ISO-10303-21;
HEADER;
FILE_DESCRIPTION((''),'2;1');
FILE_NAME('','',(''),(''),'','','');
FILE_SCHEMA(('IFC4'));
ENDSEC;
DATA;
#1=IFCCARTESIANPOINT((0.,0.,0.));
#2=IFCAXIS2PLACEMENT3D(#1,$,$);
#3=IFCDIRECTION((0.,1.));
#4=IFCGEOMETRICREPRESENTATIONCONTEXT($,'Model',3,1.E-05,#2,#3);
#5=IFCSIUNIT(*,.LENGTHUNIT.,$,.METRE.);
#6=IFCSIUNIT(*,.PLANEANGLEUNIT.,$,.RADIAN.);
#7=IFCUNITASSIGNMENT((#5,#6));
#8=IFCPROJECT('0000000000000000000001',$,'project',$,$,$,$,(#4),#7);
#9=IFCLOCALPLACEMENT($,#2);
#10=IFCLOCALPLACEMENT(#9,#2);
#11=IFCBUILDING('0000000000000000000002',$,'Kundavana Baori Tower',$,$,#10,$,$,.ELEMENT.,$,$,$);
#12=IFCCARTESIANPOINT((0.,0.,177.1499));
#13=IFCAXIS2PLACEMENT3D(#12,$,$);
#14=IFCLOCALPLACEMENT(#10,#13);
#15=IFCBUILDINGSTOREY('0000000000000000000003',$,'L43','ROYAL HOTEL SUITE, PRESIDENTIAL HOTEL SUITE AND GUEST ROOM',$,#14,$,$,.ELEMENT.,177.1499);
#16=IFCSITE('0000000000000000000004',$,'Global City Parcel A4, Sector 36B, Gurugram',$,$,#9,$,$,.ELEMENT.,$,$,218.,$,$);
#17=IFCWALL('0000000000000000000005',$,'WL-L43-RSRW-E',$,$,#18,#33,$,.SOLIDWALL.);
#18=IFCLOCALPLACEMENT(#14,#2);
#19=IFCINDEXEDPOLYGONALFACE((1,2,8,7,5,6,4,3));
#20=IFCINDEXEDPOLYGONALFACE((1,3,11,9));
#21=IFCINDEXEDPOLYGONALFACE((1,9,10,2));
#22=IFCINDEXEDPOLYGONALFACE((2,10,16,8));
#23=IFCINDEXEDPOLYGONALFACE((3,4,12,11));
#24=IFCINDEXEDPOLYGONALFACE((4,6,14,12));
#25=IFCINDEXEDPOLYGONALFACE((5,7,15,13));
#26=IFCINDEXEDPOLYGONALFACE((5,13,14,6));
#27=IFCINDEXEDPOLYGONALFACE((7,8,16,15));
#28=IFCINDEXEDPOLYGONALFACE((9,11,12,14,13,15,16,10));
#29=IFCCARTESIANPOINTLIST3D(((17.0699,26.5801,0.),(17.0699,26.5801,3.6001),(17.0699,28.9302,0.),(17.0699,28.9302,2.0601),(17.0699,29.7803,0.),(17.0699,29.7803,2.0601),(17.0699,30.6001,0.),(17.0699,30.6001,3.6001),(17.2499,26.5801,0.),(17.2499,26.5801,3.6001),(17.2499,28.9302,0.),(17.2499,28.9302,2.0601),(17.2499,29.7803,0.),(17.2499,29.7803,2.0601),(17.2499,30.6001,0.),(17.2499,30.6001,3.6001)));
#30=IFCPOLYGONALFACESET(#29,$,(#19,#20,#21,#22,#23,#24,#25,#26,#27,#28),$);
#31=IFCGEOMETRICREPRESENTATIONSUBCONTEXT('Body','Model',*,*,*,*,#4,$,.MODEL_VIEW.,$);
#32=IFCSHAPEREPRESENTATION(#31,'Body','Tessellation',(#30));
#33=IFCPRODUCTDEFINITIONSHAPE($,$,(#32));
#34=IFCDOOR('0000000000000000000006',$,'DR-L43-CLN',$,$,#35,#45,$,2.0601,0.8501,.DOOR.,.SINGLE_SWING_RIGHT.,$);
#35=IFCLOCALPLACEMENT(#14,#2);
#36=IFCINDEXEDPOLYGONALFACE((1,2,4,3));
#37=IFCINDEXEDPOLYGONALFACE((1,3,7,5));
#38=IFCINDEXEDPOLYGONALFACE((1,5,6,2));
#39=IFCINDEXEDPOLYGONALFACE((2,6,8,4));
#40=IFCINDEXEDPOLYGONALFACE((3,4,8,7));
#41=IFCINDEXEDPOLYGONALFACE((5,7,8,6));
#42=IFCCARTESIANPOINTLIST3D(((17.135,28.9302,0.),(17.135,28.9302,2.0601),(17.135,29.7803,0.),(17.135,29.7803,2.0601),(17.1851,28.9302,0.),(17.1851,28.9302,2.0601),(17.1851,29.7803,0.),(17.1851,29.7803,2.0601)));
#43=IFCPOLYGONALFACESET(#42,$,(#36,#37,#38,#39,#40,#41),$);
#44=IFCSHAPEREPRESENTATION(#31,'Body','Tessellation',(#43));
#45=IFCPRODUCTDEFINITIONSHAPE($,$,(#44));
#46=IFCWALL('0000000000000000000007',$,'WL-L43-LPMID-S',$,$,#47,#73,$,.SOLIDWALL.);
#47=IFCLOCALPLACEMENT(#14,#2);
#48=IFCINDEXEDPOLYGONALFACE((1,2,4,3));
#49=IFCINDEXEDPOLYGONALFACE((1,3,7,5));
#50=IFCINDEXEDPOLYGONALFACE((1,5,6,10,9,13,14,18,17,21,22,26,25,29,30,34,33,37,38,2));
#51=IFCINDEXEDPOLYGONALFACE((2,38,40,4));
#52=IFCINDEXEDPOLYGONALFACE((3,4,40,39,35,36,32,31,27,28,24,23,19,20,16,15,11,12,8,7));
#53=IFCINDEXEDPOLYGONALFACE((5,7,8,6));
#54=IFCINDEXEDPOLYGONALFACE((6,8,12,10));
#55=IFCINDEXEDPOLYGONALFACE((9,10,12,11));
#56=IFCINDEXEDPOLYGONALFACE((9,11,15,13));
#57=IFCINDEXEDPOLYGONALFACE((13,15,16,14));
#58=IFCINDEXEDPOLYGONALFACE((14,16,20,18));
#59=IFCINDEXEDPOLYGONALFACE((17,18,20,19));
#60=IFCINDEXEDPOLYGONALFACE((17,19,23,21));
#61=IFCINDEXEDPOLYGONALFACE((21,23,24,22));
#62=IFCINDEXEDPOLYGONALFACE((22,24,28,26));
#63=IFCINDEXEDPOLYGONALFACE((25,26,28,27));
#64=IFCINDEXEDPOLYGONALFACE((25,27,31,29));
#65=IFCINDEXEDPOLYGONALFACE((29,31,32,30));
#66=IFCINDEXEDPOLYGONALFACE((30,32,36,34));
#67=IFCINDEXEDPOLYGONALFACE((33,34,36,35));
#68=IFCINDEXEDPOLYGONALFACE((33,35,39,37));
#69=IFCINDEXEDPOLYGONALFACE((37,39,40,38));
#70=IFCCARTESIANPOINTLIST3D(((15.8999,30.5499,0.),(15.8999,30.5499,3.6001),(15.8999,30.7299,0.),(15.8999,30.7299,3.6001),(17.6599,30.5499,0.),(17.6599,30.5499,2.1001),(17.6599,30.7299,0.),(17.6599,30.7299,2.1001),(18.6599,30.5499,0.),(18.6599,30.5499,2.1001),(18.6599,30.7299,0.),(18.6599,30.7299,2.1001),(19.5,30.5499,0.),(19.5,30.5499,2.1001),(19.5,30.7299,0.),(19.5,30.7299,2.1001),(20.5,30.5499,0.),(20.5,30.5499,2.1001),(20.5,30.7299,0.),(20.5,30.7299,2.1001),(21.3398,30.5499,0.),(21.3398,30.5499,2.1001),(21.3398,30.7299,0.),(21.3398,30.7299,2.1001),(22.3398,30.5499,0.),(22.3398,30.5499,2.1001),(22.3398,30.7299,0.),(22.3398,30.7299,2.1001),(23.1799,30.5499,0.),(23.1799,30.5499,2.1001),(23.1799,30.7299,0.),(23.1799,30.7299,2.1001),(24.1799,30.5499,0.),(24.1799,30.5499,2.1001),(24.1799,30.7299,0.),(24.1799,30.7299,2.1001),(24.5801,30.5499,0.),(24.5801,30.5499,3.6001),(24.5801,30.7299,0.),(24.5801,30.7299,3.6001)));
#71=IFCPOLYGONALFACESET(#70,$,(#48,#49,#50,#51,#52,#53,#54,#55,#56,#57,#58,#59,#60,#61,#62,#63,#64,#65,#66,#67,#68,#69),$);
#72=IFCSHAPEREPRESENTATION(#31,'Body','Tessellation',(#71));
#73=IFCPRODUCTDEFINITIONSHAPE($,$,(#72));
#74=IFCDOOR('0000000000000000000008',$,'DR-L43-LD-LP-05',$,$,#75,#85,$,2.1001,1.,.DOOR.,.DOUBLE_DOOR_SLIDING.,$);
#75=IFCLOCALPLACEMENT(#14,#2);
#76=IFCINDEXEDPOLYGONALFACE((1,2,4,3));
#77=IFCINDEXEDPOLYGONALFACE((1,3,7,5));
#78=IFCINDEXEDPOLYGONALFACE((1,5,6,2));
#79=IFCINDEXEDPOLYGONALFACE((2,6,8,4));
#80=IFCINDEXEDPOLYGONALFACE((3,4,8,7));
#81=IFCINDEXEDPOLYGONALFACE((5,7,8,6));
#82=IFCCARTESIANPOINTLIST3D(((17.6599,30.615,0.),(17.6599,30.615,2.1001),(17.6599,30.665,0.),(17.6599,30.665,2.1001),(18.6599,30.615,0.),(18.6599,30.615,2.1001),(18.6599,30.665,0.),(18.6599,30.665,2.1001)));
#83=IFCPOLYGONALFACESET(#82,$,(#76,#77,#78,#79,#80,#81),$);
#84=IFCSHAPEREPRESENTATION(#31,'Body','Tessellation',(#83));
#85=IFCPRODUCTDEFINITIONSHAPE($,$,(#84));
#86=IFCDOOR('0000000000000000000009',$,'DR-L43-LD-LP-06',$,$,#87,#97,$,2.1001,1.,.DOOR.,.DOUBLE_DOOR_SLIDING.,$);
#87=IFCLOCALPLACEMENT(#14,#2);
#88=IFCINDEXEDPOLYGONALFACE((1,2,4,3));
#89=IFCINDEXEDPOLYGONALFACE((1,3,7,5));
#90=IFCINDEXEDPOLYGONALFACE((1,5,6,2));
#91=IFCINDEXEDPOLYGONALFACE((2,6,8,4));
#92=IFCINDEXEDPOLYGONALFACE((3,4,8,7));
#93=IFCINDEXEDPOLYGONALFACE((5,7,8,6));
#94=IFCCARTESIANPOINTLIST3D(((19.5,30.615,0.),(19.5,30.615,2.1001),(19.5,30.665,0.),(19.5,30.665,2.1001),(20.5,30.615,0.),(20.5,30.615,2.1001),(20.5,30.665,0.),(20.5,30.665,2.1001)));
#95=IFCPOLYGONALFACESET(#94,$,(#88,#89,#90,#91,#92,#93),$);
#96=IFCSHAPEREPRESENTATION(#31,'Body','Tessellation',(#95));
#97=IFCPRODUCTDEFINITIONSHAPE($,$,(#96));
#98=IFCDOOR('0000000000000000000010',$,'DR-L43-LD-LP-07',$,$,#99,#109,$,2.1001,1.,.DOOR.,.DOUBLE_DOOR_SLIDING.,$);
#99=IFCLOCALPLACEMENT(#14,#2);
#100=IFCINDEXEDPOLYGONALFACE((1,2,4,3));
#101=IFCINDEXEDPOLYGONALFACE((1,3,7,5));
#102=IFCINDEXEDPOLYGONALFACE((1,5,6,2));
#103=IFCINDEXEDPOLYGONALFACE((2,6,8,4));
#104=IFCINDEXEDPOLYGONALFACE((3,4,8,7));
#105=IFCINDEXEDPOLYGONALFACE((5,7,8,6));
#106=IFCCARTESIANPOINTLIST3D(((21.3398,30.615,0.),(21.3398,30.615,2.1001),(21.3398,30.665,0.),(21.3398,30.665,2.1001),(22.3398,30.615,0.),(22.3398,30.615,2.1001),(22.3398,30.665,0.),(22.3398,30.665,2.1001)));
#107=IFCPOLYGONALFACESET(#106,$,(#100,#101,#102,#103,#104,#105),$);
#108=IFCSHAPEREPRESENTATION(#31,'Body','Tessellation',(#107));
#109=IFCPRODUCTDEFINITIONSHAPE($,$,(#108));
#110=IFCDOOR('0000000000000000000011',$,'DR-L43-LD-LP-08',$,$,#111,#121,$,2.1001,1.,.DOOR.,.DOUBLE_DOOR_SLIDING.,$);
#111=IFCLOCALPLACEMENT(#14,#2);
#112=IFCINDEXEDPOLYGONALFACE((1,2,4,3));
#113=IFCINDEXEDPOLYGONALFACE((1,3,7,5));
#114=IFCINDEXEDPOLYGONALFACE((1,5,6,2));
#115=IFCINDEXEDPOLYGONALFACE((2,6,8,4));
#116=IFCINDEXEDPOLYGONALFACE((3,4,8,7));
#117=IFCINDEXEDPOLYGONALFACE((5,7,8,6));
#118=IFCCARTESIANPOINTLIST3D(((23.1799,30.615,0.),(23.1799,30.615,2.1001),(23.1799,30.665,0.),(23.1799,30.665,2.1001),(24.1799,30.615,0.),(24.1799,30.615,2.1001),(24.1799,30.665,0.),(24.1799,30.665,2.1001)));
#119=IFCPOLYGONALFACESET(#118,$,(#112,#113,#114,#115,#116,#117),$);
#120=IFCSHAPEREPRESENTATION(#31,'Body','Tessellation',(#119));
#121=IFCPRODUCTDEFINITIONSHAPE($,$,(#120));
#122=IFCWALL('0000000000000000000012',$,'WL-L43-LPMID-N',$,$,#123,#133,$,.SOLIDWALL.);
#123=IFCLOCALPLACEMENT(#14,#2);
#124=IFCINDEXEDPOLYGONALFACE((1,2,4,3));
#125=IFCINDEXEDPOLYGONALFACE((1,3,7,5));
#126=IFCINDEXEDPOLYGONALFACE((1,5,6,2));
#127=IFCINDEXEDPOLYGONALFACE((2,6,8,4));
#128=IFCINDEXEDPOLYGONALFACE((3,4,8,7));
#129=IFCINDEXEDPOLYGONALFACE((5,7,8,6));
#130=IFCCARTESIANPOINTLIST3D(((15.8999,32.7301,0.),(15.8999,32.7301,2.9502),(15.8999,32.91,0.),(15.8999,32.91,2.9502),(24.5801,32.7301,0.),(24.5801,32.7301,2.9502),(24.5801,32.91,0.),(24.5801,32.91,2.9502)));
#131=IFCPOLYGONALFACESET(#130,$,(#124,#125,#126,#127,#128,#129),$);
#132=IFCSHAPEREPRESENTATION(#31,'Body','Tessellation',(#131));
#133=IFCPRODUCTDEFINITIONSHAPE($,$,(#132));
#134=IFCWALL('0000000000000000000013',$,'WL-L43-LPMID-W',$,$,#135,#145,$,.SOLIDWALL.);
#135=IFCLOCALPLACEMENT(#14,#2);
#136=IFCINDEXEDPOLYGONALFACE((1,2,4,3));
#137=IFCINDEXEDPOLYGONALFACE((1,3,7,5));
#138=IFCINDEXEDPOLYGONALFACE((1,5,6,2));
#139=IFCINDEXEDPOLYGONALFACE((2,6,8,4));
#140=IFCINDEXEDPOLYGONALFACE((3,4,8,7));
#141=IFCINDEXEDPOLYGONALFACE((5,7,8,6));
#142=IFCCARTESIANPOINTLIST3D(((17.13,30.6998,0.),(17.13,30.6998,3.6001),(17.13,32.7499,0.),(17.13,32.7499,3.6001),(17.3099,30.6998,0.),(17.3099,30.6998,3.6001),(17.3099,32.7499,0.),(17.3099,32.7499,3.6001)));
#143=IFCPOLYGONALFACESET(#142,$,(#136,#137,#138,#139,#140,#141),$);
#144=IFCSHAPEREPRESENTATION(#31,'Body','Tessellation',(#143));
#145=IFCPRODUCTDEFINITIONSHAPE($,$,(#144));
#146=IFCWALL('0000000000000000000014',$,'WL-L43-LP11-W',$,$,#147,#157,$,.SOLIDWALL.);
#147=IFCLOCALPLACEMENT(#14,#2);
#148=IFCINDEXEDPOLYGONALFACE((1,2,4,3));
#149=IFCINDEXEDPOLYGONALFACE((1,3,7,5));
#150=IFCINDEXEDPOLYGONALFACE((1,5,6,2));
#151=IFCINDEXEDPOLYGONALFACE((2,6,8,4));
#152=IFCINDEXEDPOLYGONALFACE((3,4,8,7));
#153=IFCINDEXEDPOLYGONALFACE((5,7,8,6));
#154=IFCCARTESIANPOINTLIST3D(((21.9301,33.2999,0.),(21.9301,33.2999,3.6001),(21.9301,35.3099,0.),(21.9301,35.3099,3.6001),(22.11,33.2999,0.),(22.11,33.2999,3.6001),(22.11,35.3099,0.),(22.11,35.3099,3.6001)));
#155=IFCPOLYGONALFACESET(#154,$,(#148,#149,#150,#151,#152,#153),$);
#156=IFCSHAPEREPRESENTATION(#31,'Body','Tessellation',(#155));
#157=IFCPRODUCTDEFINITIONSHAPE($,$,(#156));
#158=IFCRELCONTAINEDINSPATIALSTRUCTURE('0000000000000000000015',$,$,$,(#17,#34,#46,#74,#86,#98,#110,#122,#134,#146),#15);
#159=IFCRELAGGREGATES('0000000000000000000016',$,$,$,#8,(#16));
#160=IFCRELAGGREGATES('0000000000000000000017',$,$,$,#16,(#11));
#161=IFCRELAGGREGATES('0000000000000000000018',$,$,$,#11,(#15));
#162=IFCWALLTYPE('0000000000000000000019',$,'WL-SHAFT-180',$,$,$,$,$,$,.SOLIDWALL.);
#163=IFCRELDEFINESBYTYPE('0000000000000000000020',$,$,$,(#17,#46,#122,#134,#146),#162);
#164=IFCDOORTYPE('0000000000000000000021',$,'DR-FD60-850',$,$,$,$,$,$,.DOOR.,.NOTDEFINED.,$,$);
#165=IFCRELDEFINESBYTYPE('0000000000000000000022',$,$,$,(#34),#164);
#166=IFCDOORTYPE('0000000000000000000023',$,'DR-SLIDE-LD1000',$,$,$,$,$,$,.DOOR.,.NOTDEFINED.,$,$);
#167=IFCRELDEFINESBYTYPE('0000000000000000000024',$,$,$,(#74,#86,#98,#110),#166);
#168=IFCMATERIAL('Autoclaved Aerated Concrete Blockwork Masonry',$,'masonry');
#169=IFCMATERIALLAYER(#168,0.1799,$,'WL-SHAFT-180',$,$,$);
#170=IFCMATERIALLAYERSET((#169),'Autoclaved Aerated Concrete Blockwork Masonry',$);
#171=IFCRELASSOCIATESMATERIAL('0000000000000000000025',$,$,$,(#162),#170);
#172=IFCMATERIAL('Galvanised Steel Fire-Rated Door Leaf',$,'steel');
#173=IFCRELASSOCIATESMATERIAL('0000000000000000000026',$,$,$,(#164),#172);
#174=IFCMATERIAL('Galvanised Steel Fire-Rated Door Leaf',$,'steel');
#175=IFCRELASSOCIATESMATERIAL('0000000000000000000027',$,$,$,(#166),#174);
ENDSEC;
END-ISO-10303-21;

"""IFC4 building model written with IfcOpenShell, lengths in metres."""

from ifc_helpers import new_model, si_unit, direction, frame, frame_2d, origin, place, context, subcontext, project, spatial, rectangle, extrude, material, layer, layer_set, type_object, element, fill, save


model = new_model("IFC4")

# Units and contexts
model_context = context("Model", 3, precision=1e-05, world=origin(), true_north=direction((0.0, 1.0)))
body_context = subcontext(model_context, "Body", "Model", "MODEL_VIEW")
ifc_project = project(units=[si_unit("LENGTHUNIT", "METRE"), si_unit("PLANEANGLEUNIT", "RADIAN")], contexts=[model_context])

# Site, building, storey
site_placement = place(None, origin())
site = spatial("IfcSite", under=ifc_project, at=site_placement, Name="Global City Parcel A4, Sector 36B, Gurugram", CompositionType="ELEMENT", RefElevation=218.0)
building_placement = place(site_placement, origin())
building = spatial("IfcBuilding", under=site, at=building_placement, Name="Kundavana Baori Tower", CompositionType="ELEMENT")
storey_placement = place(building_placement, frame((0.0, 0.0, 177.1499)))
storey = spatial("IfcBuildingStorey", under=building, at=storey_placement, Name="L43", Description="ROYAL HOTEL SUITE, PRESIDENTIAL HOTEL SUITE AND GUEST ROOM", CompositionType="ELEMENT", Elevation=177.1499)

# Wall, opening, door
ifc_material_1 = material(Name="Autoclaved Aerated Concrete Blockwork Masonry", Category="masonry")
ifc_layer_1 = layer(ifc_material_1, 0.1799, Name="WL-SHAFT-180")
ifc_layer_set_1 = layer_set([ifc_layer_1], Name="Autoclaved Aerated Concrete Blockwork Masonry")
wall_type_1 = type_object("IfcWallType", Name="WL-SHAFT-180", PredefinedType="SOLIDWALL", material=ifc_layer_set_1)
wall_1_placement = place(storey_placement, frame((17.1599, 26.5801, 0.0), z_axis=(0.0, 0.0, 1.0), x_axis=(0.0, 1.0, 0.0)))
wall_1 = element("IfcWall", 1, at=wall_1_placement, inside=storey, type_object=wall_type_1, Name="WL-L43-RSRW-E", PredefinedType="SOLIDWALL", context=body_context, shape_type="SweptSolid", body=[
    extrude(rectangle(XDim=4.02, YDim=0.1799, at=frame_2d((2.01, 0.0))), origin(), (0.0, 0.0, 1.0), 3.6001),
])
opening_1_placement = place(wall_1_placement, frame((2.3501, 0.0, 0.0)))
opening_1 = element("IfcOpeningElement", 2, at=opening_1_placement, cuts=wall_1, PredefinedType="OPENING", context=body_context, shape_type="SweptSolid", body=[
    extrude(rectangle(XDim=0.8501, YDim=2.0601, at=frame_2d((0.425, 1.03))), frame((0.0, 0.1001, 0.0), z_axis=(0.0, -1.0, 0.0), x_axis=(1.0, 0.0, 0.0)), (0.0, 0.0, 1.0), 0.2),
])
ifc_material_2 = material(Name="Galvanised Steel Fire-Rated Door Leaf", Category="steel")
door_type_1 = type_object("IfcDoorType", Name="DR-FD60-850", OperationType="NOTDEFINED", PredefinedType="DOOR", material=ifc_material_2)
door_1_placement = place(opening_1_placement, origin())
door_1 = element("IfcDoor", 3, at=door_1_placement, inside=storey, type_object=door_type_1, Name="DR-L43-CLN", OperationType="SINGLE_SWING_RIGHT", OverallHeight=2.0601, OverallWidth=0.8501, PredefinedType="DOOR", context=body_context, shape_type="SweptSolid", body=[
    extrude(rectangle(XDim=0.8501, YDim=2.0601, at=frame_2d((0.425, 1.03))), frame((0.0, 0.0249, 0.0), z_axis=(0.0, -1.0, 0.0), x_axis=(1.0, 0.0, 0.0)), (0.0, 0.0, 1.0), 0.05),
])
fill(opening_1, door_1)

# Wall, openings, doors
wall_2_placement = place(storey_placement, frame((15.8999, 30.6399, 0.0), z_axis=(0.0, 0.0, 1.0), x_axis=(1.0, 0.0, 0.0)))
wall_2 = element("IfcWall", 4, at=wall_2_placement, inside=storey, type_object=wall_type_1, Name="WL-L43-LPMID-S", PredefinedType="SOLIDWALL", context=body_context, shape_type="SweptSolid", body=[
    extrude(rectangle(XDim=8.6802, YDim=0.1799, at=frame_2d((4.3401, 0.0))), origin(), (0.0, 0.0, 1.0), 3.6001),
])
opening_2_placement = place(wall_2_placement, frame((1.76, 0.0, 0.0)))
opening_2 = element("IfcOpeningElement", 5, at=opening_2_placement, cuts=wall_2, PredefinedType="OPENING", context=body_context, shape_type="SweptSolid", body=[
    extrude(rectangle(XDim=1.0, YDim=2.1001, at=frame_2d((0.5, 1.05))), frame((0.0, 0.1001, 0.0), z_axis=(0.0, -1.0, 0.0), x_axis=(1.0, 0.0, 0.0)), (0.0, 0.0, 1.0), 0.2),
])
opening_3_placement = place(wall_2_placement, frame((3.6001, 0.0, 0.0)))
opening_3 = element("IfcOpeningElement", 6, at=opening_3_placement, cuts=wall_2, PredefinedType="OPENING", context=body_context, shape_type="SweptSolid", body=[
    extrude(rectangle(XDim=1.0, YDim=2.1001, at=frame_2d((0.5, 1.05))), frame((0.0, 0.1001, 0.0), z_axis=(0.0, -1.0, 0.0), x_axis=(1.0, 0.0, 0.0)), (0.0, 0.0, 1.0), 0.2),
])
opening_4_placement = place(wall_2_placement, frame((5.4399, 0.0, 0.0)))
opening_4 = element("IfcOpeningElement", 7, at=opening_4_placement, cuts=wall_2, PredefinedType="OPENING", context=body_context, shape_type="SweptSolid", body=[
    extrude(rectangle(XDim=1.0, YDim=2.1001, at=frame_2d((0.5, 1.05))), frame((0.0, 0.1001, 0.0), z_axis=(0.0, -1.0, 0.0), x_axis=(1.0, 0.0, 0.0)), (0.0, 0.0, 1.0), 0.2),
])
opening_5_placement = place(wall_2_placement, frame((7.28, 0.0, 0.0)))
opening_5 = element("IfcOpeningElement", 8, at=opening_5_placement, cuts=wall_2, PredefinedType="OPENING", context=body_context, shape_type="SweptSolid", body=[
    extrude(rectangle(XDim=1.0, YDim=2.1001, at=frame_2d((0.5, 1.05))), frame((0.0, 0.1001, 0.0), z_axis=(0.0, -1.0, 0.0), x_axis=(1.0, 0.0, 0.0)), (0.0, 0.0, 1.0), 0.2),
])
ifc_material_3 = material(Name="Galvanised Steel Fire-Rated Door Leaf", Category="steel")
door_type_2 = type_object("IfcDoorType", Name="DR-SLIDE-LD1000", OperationType="NOTDEFINED", PredefinedType="DOOR", material=ifc_material_3)
door_2_placement = place(opening_2_placement, frame((1.0, 0.0, 0.0), z_axis=(0.0, 0.0, 1.0), x_axis=(-1.0, 0.0, 0.0)))
door_2 = element("IfcDoor", 9, at=door_2_placement, inside=storey, type_object=door_type_2, Name="DR-L43-LD-LP-05", OperationType="DOUBLE_DOOR_SLIDING", OverallHeight=2.1001, OverallWidth=1.0, PredefinedType="DOOR", context=body_context, shape_type="SweptSolid", body=[
    extrude(rectangle(XDim=1.0, YDim=2.1001, at=frame_2d((0.5, 1.05))), frame((0.0, 0.0249, 0.0), z_axis=(0.0, -1.0, 0.0), x_axis=(1.0, 0.0, 0.0)), (0.0, 0.0, 1.0), 0.05),
])
fill(opening_2, door_2)
door_3_placement = place(opening_3_placement, frame((1.0, 0.0, 0.0), z_axis=(0.0, 0.0, 1.0), x_axis=(-1.0, 0.0, 0.0)))
door_3 = element("IfcDoor", 10, at=door_3_placement, inside=storey, type_object=door_type_2, Name="DR-L43-LD-LP-06", OperationType="DOUBLE_DOOR_SLIDING", OverallHeight=2.1001, OverallWidth=1.0, PredefinedType="DOOR", context=body_context, shape_type="SweptSolid", body=[
    extrude(rectangle(XDim=1.0, YDim=2.1001, at=frame_2d((0.5, 1.05))), frame((0.0, 0.0249, 0.0), z_axis=(0.0, -1.0, 0.0), x_axis=(1.0, 0.0, 0.0)), (0.0, 0.0, 1.0), 0.05),
])
fill(opening_3, door_3)
door_4_placement = place(opening_4_placement, frame((1.0, 0.0, 0.0), z_axis=(0.0, 0.0, 1.0), x_axis=(-1.0, 0.0, 0.0)))
door_4 = element("IfcDoor", 11, at=door_4_placement, inside=storey, type_object=door_type_2, Name="DR-L43-LD-LP-07", OperationType="DOUBLE_DOOR_SLIDING", OverallHeight=2.1001, OverallWidth=1.0, PredefinedType="DOOR", context=body_context, shape_type="SweptSolid", body=[
    extrude(rectangle(XDim=1.0, YDim=2.1001, at=frame_2d((0.5, 1.05))), frame((0.0, 0.0249, 0.0), z_axis=(0.0, -1.0, 0.0), x_axis=(1.0, 0.0, 0.0)), (0.0, 0.0, 1.0), 0.05),
])
fill(opening_4, door_4)
door_5_placement = place(opening_5_placement, frame((1.0, 0.0, 0.0), z_axis=(0.0, 0.0, 1.0), x_axis=(-1.0, 0.0, 0.0)))
door_5 = element("IfcDoor", 12, at=door_5_placement, inside=storey, type_object=door_type_2, Name="DR-L43-LD-LP-08", OperationType="DOUBLE_DOOR_SLIDING", OverallHeight=2.1001, OverallWidth=1.0, PredefinedType="DOOR", context=body_context, shape_type="SweptSolid", body=[
    extrude(rectangle(XDim=1.0, YDim=2.1001, at=frame_2d((0.5, 1.05))), frame((0.0, 0.0249, 0.0), z_axis=(0.0, -1.0, 0.0), x_axis=(1.0, 0.0, 0.0)), (0.0, 0.0, 1.0), 0.05),
])
fill(opening_5, door_5)

# Walls
wall_3_placement = place(storey_placement, frame((15.8999, 32.8201, 0.0), z_axis=(0.0, 0.0, 1.0), x_axis=(1.0, 0.0, 0.0)))
element("IfcWall", 13, at=wall_3_placement, inside=storey, type_object=wall_type_1, Name="WL-L43-LPMID-N", PredefinedType="SOLIDWALL", context=body_context, shape_type="SweptSolid", body=[
    extrude(rectangle(XDim=8.6802, YDim=0.1799, at=frame_2d((4.3401, 0.0))), origin(), (0.0, 0.0, 1.0), 2.9502),
])
wall_4_placement = place(storey_placement, frame((17.22, 30.7, 0.0), z_axis=(0.0, 0.0, 1.0), x_axis=(0.0, 1.0, 0.0)))
element("IfcWall", 14, at=wall_4_placement, inside=storey, type_object=wall_type_1, Name="WL-L43-LPMID-W", PredefinedType="SOLIDWALL", context=body_context, shape_type="SweptSolid", body=[
    extrude(rectangle(XDim=2.05, YDim=0.1799, at=frame_2d((1.0249, 0.0))), origin(), (0.0, 0.0, 1.0), 3.6001),
])
wall_5_placement = place(storey_placement, frame((22.02, 33.3, 0.0), z_axis=(0.0, 0.0, 1.0), x_axis=(0.0, 1.0, 0.0)))
element("IfcWall", 15, at=wall_5_placement, inside=storey, type_object=wall_type_1, Name="WL-L43-LP11-W", PredefinedType="SOLIDWALL", context=body_context, shape_type="SweptSolid", body=[
    extrude(rectangle(XDim=2.01, YDim=0.1799, at=frame_2d((1.0049, 0.0))), origin(), (0.0, 0.0, 1.0), 3.6001),
])

save(model, "model.ifc")
